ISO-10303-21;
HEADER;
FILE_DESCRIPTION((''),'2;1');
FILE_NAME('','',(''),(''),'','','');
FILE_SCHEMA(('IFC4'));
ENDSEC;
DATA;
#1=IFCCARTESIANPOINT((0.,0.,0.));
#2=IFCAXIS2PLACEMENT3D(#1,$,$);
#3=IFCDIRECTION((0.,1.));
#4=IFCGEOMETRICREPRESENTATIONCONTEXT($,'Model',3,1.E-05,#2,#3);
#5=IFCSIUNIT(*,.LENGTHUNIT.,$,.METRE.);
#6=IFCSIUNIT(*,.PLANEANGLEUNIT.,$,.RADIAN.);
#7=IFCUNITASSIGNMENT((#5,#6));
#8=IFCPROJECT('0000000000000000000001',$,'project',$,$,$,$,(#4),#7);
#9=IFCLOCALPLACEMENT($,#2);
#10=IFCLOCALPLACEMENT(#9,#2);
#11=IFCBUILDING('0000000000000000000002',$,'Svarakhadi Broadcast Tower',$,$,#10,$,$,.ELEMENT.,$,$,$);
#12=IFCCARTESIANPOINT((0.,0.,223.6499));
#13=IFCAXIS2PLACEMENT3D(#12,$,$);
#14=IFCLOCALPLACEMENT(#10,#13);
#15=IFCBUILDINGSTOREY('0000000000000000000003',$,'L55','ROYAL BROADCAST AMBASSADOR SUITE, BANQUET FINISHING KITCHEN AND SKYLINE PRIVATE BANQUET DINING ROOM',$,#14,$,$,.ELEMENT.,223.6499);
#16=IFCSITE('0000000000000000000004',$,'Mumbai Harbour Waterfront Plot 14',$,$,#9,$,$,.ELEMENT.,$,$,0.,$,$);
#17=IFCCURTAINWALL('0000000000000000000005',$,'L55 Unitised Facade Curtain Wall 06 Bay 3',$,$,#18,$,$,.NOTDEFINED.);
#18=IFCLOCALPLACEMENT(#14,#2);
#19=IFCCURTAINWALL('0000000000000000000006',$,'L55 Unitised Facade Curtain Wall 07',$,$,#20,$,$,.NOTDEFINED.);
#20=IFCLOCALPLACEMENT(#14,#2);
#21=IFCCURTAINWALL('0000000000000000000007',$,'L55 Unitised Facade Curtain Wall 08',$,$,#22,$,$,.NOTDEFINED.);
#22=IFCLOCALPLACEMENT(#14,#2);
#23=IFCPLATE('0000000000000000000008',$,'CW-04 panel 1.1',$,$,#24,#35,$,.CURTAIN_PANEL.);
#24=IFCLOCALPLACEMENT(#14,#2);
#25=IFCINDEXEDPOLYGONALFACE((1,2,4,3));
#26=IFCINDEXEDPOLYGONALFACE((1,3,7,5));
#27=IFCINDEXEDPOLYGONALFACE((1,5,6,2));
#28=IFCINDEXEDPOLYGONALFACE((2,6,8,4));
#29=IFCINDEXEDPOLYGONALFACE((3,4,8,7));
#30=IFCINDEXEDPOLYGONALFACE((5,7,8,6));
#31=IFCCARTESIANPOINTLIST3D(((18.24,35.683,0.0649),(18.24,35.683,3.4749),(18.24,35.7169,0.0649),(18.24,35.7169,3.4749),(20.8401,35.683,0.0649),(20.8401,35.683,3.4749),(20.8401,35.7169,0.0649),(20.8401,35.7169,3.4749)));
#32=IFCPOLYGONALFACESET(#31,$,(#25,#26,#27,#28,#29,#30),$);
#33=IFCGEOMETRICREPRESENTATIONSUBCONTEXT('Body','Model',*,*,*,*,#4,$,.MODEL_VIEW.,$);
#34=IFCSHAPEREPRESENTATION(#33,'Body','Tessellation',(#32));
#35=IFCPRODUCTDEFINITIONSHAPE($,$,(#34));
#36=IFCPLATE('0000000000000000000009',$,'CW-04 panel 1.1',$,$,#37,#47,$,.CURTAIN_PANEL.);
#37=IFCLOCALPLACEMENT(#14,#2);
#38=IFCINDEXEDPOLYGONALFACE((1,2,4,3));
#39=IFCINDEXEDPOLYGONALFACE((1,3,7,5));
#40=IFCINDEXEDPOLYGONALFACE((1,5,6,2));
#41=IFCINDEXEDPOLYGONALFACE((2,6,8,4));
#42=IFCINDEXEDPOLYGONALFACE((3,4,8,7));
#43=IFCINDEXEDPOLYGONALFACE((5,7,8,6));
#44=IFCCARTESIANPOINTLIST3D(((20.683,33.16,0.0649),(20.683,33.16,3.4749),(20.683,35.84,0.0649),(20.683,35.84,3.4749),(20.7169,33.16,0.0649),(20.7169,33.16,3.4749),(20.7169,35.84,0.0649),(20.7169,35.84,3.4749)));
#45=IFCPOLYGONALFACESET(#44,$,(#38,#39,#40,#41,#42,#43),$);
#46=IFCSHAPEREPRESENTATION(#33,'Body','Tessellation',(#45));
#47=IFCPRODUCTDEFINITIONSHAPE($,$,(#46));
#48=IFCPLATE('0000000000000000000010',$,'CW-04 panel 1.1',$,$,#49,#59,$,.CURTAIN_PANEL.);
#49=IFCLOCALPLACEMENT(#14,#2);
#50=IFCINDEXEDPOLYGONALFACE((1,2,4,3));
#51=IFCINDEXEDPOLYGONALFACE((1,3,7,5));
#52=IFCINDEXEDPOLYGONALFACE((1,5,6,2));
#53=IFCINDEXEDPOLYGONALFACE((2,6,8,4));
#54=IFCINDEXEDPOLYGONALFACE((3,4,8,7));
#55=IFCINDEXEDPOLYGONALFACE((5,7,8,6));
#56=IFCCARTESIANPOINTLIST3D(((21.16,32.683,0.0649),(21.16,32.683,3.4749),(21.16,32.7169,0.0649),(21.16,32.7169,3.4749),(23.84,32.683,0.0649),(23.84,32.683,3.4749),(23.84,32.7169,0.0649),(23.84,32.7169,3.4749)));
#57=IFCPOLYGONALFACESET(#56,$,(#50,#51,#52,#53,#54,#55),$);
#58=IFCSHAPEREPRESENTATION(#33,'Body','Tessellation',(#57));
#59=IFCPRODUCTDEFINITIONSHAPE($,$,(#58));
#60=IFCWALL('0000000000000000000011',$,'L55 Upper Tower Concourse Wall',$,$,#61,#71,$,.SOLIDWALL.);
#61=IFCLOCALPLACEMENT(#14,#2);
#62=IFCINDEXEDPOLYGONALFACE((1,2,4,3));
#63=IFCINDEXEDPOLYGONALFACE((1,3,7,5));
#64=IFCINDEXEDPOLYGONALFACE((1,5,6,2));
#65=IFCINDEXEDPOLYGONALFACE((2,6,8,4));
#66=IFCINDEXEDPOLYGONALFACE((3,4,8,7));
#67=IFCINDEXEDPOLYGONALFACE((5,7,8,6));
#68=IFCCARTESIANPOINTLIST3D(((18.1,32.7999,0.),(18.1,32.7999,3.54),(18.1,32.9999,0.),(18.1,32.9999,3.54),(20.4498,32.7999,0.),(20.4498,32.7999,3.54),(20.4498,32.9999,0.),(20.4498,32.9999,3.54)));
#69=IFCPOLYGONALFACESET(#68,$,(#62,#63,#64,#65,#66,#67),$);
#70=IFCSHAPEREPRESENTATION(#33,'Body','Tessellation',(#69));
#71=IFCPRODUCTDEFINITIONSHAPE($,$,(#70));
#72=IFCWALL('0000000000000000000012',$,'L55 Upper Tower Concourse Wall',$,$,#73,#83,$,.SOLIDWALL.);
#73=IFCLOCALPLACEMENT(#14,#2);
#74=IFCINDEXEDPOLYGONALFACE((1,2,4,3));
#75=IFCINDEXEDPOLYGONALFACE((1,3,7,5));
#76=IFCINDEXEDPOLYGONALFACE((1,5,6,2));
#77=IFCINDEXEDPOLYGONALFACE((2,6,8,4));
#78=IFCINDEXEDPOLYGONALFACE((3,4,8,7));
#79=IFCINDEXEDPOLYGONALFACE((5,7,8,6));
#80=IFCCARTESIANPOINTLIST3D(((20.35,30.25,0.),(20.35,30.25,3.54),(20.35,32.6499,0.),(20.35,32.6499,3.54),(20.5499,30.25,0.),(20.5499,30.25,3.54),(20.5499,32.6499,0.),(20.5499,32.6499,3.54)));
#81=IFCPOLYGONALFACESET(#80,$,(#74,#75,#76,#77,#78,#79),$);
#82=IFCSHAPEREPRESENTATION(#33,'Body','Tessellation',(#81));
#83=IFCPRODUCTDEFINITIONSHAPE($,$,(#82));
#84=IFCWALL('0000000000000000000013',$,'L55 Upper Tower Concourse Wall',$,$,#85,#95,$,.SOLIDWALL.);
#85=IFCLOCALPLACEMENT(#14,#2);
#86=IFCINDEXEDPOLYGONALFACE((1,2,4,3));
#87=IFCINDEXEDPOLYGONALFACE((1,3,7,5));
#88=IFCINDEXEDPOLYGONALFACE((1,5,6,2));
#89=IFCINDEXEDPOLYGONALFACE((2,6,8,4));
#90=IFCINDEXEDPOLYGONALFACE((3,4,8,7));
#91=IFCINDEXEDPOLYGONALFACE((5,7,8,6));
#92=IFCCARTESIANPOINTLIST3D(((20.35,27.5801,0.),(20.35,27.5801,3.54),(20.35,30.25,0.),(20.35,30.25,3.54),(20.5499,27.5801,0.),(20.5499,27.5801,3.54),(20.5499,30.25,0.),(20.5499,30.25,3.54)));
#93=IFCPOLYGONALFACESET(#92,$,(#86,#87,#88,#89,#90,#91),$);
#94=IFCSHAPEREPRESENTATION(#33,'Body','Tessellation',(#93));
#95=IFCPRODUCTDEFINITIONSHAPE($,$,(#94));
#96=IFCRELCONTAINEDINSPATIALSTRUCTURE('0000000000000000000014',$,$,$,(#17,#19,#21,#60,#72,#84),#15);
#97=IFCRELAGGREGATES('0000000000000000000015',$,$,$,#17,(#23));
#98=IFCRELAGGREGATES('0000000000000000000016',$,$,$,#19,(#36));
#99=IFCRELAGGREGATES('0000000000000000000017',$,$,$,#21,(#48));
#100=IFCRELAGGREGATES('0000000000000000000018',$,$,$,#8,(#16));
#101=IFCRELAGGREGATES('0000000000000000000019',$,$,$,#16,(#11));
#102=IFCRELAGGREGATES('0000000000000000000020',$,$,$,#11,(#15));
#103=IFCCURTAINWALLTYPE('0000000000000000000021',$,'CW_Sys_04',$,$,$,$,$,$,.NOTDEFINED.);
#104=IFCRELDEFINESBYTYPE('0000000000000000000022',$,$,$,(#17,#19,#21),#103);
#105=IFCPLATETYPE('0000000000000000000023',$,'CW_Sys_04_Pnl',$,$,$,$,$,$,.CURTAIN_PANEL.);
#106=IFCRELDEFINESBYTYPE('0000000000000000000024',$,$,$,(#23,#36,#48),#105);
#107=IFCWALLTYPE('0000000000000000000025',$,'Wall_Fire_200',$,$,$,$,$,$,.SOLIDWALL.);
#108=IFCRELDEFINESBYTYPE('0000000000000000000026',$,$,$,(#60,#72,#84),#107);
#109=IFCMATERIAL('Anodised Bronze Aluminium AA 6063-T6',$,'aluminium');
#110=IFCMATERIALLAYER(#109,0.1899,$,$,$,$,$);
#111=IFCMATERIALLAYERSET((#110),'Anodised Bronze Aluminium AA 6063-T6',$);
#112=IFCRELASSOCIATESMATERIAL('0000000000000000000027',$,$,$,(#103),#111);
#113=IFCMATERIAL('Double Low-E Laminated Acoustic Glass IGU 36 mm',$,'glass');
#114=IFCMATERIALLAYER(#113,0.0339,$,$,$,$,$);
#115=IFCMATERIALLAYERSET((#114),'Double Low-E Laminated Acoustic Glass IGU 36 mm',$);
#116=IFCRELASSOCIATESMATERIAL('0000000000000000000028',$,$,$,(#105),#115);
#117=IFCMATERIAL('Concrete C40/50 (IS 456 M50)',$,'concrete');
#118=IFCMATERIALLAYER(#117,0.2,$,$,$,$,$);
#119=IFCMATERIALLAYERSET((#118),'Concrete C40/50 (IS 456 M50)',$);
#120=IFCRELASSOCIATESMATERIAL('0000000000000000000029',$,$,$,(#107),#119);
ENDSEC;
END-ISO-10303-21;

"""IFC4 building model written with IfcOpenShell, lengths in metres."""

from ifc_helpers import new_model, si_unit, direction, frame, frame_2d, origin, origin_2d, place, context, subcontext, project, spatial, rectangle, extrude, material, layer, layer_set, type_object, element, aggregate, save


model = new_model("IFC4")

# Units and contexts
model_context = context("Model", 3, precision=1e-05, world=origin(), true_north=direction((0.0, 1.0)))
body_context = subcontext(model_context, "Body", "Model", "MODEL_VIEW")
ifc_project = project(units=[si_unit("LENGTHUNIT", "METRE"), si_unit("PLANEANGLEUNIT", "RADIAN")], contexts=[model_context])

# Site, building, storey
site_placement = place(None, origin())
site = spatial("IfcSite", under=ifc_project, at=site_placement, Name="Mumbai Harbour Waterfront Plot 14", CompositionType="ELEMENT", RefElevation=0.0)
building_placement = place(site_placement, origin())
building = spatial("IfcBuilding", under=site, at=building_placement, Name="Svarakhadi Broadcast Tower", CompositionType="ELEMENT")
storey_placement = place(building_placement, frame((0.0, 0.0, 223.6499)))
storey = spatial("IfcBuildingStorey", under=building, at=storey_placement, Name="L55", Description="ROYAL BROADCAST AMBASSADOR SUITE, BANQUET FINISHING KITCHEN AND SKYLINE PRIVATE BANQUET DINING ROOM", CompositionType="ELEMENT", Elevation=223.6499)

# Curtain walls
ifc_material_1 = material(Name="Anodised Bronze Aluminium AA 6063-T6", Category="aluminium")
ifc_layer_1 = layer(ifc_material_1, 0.1899)
ifc_layer_set_1 = layer_set([ifc_layer_1], Name="Anodised Bronze Aluminium AA 6063-T6")
curtain_wall_type = type_object("IfcCurtainWallType", Name="CW_Sys_04", PredefinedType="NOTDEFINED", material=ifc_layer_set_1)
curtain_wall_1_placement = place(storey_placement, origin())
curtain_wall_1 = element("IfcCurtainWall", 1, at=curtain_wall_1_placement, inside=storey, type_object=curtain_wall_type, Name="L55 Unitised Facade Curtain Wall 06 Bay 3", PredefinedType="NOTDEFINED")
curtain_wall_2_placement = place(storey_placement, origin())
curtain_wall_2 = element("IfcCurtainWall", 2, at=curtain_wall_2_placement, inside=storey, type_object=curtain_wall_type, Name="L55 Unitised Facade Curtain Wall 07", PredefinedType="NOTDEFINED")
curtain_wall_3_placement = place(storey_placement, origin())
curtain_wall_3 = element("IfcCurtainWall", 3, at=curtain_wall_3_placement, inside=storey, type_object=curtain_wall_type, Name="L55 Unitised Facade Curtain Wall 08", PredefinedType="NOTDEFINED")

# Plates
ifc_material_2 = material(Name="Double Low-E Laminated Acoustic Glass IGU 36 mm", Category="glass")
ifc_layer_2 = layer(ifc_material_2, 0.0339)
ifc_layer_set_2 = layer_set([ifc_layer_2], Name="Double Low-E Laminated Acoustic Glass IGU 36 mm")
plate_type = type_object("IfcPlateType", Name="CW_Sys_04_Pnl", PredefinedType="CURTAIN_PANEL", material=ifc_layer_set_2)
plate_1_placement = place(storey_placement, frame((19.54, 35.7, 0.0649), z_axis=(0.0, 0.0, 1.0), x_axis=(1.0, 0.0, 0.0)))
plate_1 = element("IfcPlate", 4, at=plate_1_placement, type_object=plate_type, Name="CW-04 panel 1.1", PredefinedType="CURTAIN_PANEL", context=body_context, shape_type="SweptSolid", body=[
    extrude(rectangle(XDim=2.6001, YDim=0.0339, at=origin_2d()), origin(), (0.0, 0.0, 1.0), 3.4099),
])
aggregate(curtain_wall_1, [plate_1])
plate_2_placement = place(storey_placement, frame((20.7, 34.5, 0.0649), z_axis=(0.0, 0.0, 1.0), x_axis=(0.0, -1.0, 0.0)))
plate_2 = element("IfcPlate", 5, at=plate_2_placement, type_object=plate_type, Name="CW-04 panel 1.1", PredefinedType="CURTAIN_PANEL", context=body_context, shape_type="SweptSolid", body=[
    extrude(rectangle(XDim=2.6799, YDim=0.0339, at=origin_2d()), origin(), (0.0, 0.0, 1.0), 3.4099),
])
aggregate(curtain_wall_2, [plate_2])
plate_3_placement = place(storey_placement, frame((22.5, 32.7, 0.0649), z_axis=(0.0, 0.0, 1.0), x_axis=(1.0, 0.0, 0.0)))
plate_3 = element("IfcPlate", 6, at=plate_3_placement, type_object=plate_type, Name="CW-04 panel 1.1", PredefinedType="CURTAIN_PANEL", context=body_context, shape_type="SweptSolid", body=[
    extrude(rectangle(XDim=2.6799, YDim=0.0339, at=origin_2d()), origin(), (0.0, 0.0, 1.0), 3.4099),
])
aggregate(curtain_wall_3, [plate_3])

# Walls
ifc_material_3 = material(Name="Concrete C40/50 (IS 456 M50)", Category="concrete")
ifc_layer_3 = layer(ifc_material_3, 0.2)
ifc_layer_set_3 = layer_set([ifc_layer_3], Name="Concrete C40/50 (IS 456 M50)")
wall_type = type_object("IfcWallType", Name="Wall_Fire_200", PredefinedType="SOLIDWALL", material=ifc_layer_set_3)
wall_1_placement = place(storey_placement, frame((18.1001, 32.8999, 0.0), z_axis=(0.0, 0.0, 1.0), x_axis=(1.0, 0.0, 0.0)))
element("IfcWall", 7, at=wall_1_placement, inside=storey, type_object=wall_type, Name="L55 Upper Tower Concourse Wall", PredefinedType="SOLIDWALL", context=body_context, shape_type="SweptSolid", body=[
    extrude(rectangle(XDim=2.3499, YDim=0.2, at=frame_2d((1.1748, 0.0))), origin(), (0.0, 0.0, 1.0), 3.54),
])
wall_2_placement = place(storey_placement, frame((20.45, 32.6499, 0.0), z_axis=(0.0, 0.0, 1.0), x_axis=(0.0, -1.0, 0.0)))
element("IfcWall", 8, at=wall_2_placement, inside=storey, type_object=wall_type, Name="L55 Upper Tower Concourse Wall", PredefinedType="SOLIDWALL", context=body_context, shape_type="SweptSolid", body=[
    extrude(rectangle(XDim=2.3999, YDim=0.2, at=frame_2d((1.2, 0.0))), origin(), (0.0, 0.0, 1.0), 3.54),
])
wall_3_placement = place(storey_placement, frame((20.45, 30.25, 0.0), z_axis=(0.0, 0.0, 1.0), x_axis=(0.0, -1.0, 0.0)))
element("IfcWall", 9, at=wall_3_placement, inside=storey, type_object=wall_type, Name="L55 Upper Tower Concourse Wall", PredefinedType="SOLIDWALL", context=body_context, shape_type="SweptSolid", body=[
    extrude(rectangle(XDim=2.6699, YDim=0.2, at=frame_2d((1.335, 0.0))), origin(), (0.0, 0.0, 1.0), 3.54),
])

save(model, "model.ifc")
